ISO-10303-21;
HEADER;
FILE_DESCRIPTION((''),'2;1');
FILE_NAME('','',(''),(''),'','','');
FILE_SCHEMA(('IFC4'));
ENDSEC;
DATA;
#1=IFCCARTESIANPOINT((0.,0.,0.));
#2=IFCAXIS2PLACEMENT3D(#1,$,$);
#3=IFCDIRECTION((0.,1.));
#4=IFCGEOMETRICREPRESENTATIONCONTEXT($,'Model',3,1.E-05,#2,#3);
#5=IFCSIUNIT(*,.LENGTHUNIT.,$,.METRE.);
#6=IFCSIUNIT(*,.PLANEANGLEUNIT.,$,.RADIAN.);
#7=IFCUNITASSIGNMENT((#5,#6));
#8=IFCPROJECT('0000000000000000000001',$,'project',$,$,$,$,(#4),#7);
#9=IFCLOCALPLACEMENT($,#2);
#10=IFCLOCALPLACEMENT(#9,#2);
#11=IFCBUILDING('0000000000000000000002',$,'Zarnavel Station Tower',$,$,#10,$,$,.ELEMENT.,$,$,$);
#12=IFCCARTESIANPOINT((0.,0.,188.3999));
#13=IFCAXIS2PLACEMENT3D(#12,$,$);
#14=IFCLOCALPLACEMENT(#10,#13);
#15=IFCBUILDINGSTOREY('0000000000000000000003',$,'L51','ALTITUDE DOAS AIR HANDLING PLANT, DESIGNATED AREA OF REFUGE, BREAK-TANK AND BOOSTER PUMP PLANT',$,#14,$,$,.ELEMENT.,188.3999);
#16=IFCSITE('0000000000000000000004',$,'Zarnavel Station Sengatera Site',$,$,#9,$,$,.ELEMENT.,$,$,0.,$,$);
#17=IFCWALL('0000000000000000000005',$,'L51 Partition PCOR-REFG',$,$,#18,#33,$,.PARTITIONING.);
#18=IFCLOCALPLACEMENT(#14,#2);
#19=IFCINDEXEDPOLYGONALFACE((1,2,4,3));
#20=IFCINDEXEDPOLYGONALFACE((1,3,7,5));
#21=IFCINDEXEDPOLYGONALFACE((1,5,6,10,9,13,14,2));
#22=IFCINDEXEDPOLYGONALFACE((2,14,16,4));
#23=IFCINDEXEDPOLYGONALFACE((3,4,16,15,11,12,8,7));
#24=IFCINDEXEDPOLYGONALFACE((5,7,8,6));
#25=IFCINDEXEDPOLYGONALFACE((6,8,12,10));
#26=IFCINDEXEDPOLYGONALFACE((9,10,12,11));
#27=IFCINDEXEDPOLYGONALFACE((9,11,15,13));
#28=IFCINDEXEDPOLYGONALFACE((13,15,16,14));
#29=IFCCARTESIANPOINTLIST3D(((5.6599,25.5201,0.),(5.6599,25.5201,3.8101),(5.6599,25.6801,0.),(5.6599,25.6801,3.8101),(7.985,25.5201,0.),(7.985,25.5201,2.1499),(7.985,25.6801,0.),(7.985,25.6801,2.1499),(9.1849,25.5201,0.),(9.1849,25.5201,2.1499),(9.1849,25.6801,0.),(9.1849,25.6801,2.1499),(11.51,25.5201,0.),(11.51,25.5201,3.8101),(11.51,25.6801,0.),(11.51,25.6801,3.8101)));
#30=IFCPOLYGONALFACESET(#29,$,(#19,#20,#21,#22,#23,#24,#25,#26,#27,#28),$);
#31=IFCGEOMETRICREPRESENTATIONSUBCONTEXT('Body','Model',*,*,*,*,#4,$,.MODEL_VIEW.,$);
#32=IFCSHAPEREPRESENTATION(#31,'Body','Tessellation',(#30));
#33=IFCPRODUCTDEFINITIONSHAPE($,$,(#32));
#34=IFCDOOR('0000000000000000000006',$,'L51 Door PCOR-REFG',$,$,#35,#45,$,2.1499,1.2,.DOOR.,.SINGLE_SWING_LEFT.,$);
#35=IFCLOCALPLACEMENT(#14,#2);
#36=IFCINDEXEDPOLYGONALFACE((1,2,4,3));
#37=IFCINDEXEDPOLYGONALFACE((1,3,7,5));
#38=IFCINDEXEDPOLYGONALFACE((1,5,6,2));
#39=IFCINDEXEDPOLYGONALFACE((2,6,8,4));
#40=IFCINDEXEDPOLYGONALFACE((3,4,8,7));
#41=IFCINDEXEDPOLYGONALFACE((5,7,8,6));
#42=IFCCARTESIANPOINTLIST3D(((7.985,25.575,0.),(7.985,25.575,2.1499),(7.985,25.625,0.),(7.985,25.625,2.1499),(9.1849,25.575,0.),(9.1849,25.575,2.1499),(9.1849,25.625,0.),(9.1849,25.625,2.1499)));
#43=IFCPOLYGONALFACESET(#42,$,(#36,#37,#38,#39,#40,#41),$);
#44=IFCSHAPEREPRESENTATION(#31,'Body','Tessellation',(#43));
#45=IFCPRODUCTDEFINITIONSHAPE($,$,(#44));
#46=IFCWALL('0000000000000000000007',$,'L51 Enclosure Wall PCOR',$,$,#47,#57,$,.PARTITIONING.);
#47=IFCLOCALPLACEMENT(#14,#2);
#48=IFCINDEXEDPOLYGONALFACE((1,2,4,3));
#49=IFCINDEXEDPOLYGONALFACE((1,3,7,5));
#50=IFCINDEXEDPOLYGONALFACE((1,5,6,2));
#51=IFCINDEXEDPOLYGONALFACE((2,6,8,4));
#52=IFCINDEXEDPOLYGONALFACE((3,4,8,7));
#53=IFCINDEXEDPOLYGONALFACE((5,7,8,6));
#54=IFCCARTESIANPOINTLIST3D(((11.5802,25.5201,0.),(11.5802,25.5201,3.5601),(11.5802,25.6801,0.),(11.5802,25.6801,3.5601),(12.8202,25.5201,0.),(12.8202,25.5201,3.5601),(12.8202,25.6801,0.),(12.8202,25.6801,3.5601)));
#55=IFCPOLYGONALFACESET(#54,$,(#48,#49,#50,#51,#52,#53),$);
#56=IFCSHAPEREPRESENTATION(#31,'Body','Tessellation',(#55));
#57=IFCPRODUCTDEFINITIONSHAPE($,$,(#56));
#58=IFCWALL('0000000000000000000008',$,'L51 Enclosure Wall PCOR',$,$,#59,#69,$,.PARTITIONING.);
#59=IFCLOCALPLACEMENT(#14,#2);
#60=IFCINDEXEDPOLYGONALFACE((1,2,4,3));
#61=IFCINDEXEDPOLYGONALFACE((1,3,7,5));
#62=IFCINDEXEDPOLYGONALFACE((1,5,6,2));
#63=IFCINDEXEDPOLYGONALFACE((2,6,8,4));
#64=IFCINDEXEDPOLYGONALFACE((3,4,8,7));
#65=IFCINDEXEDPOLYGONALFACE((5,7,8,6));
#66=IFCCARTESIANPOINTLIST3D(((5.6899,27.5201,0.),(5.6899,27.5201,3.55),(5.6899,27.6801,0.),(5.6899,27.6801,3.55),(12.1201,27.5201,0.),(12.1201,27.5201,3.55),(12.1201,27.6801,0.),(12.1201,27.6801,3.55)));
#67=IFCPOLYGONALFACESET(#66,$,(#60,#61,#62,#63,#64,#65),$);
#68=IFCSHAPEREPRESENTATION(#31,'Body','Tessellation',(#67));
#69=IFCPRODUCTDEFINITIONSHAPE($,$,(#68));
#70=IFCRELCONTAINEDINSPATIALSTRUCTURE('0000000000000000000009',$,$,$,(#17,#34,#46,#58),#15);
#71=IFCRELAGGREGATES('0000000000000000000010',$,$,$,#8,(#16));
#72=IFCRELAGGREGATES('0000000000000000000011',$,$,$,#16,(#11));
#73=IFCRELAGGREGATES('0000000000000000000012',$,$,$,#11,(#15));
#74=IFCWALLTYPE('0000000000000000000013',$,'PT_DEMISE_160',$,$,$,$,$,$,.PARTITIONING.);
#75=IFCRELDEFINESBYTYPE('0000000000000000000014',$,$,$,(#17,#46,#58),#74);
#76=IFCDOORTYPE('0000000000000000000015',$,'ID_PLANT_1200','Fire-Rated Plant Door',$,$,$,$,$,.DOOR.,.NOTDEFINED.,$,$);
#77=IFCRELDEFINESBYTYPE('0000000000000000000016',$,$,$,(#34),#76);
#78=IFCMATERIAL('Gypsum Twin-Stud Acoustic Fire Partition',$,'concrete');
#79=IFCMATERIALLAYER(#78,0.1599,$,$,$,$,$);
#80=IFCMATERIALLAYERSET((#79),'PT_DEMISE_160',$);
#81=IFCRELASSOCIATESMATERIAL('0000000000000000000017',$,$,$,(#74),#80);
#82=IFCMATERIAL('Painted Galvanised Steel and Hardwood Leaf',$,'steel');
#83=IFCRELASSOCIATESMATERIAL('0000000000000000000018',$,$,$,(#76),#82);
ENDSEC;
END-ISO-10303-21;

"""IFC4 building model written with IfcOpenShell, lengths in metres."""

from ifc_helpers import new_model, si_unit, direction, frame, frame_2d, origin, place, context, subcontext, project, spatial, rectangle, extrude, material, layer, layer_set, type_object, element, fill, save


model = new_model("IFC4")

# Units and contexts
model_context = context("Model", 3, precision=1e-05, world=origin(), true_north=direction((0.0, 1.0)))
body_context = subcontext(model_context, "Body", "Model", "MODEL_VIEW")
ifc_project = project(units=[si_unit("LENGTHUNIT", "METRE"), si_unit("PLANEANGLEUNIT", "RADIAN")], contexts=[model_context])

# Site, building, storey
site_placement = place(None, origin())
site = spatial("IfcSite", under=ifc_project, at=site_placement, Name="Zarnavel Station Sengatera Site", CompositionType="ELEMENT", RefElevation=0.0)
building_placement = place(site_placement, origin())
building = spatial("IfcBuilding", under=site, at=building_placement, Name="Zarnavel Station Tower", CompositionType="ELEMENT")
storey_placement = place(building_placement, frame((0.0, 0.0, 188.3999)))
storey = spatial("IfcBuildingStorey", under=building, at=storey_placement, Name="L51", Description="ALTITUDE DOAS AIR HANDLING PLANT, DESIGNATED AREA OF REFUGE, BREAK-TANK AND BOOSTER PUMP PLANT", CompositionType="ELEMENT", Elevation=188.3999)

# Wall, opening, door
ifc_material_1 = material(Name="Gypsum Twin-Stud Acoustic Fire Partition", Category="concrete")
ifc_layer_1 = layer(ifc_material_1, 0.1599)
ifc_layer_set_1 = layer_set([ifc_layer_1], Name="PT_DEMISE_160")
wall_type = type_object("IfcWallType", Name="PT_DEMISE_160", PredefinedType="PARTITIONING", material=ifc_layer_set_1)
wall_1_placement = place(storey_placement, frame((5.6599, 25.6001, 0.0), z_axis=(0.0, 0.0, 1.0), x_axis=(1.0, 0.0, 0.0)))
wall_1 = element("IfcWall", 1, at=wall_1_placement, inside=storey, type_object=wall_type, Name="L51 Partition PCOR-REFG", PredefinedType="PARTITIONING", context=body_context, shape_type="SweptSolid", body=[
    extrude(rectangle(XDim=5.8501, YDim=0.1599, at=frame_2d((2.925, 0.0))), origin(), (0.0, 0.0, 1.0), 3.8101),
])
opening_placement = place(wall_1_placement, frame((2.325, 0.0, 0.0)))
opening = element("IfcOpeningElement", 2, at=opening_placement, cuts=wall_1, PredefinedType="OPENING", context=body_context, shape_type="SweptSolid", body=[
    extrude(rectangle(XDim=1.2, YDim=2.1499, at=frame_2d((0.6001, 1.075))), frame((0.0, 0.0898, 0.0), z_axis=(0.0, -1.0, 0.0), x_axis=(1.0, 0.0, 0.0)), (0.0, 0.0, 1.0), 0.1799),
])
ifc_material_2 = material(Name="Painted Galvanised Steel and Hardwood Leaf", Category="steel")
door_type = type_object("IfcDoorType", Name="ID_PLANT_1200", Description="Fire-Rated Plant Door", OperationType="NOTDEFINED", PredefinedType="DOOR", material=ifc_material_2)
door_placement = place(opening_placement, origin())
door = element("IfcDoor", 3, at=door_placement, inside=storey, type_object=door_type, Name="L51 Door PCOR-REFG", OperationType="SINGLE_SWING_LEFT", OverallHeight=2.1499, OverallWidth=1.2, PredefinedType="DOOR", context=body_context, shape_type="SweptSolid", body=[
    extrude(rectangle(XDim=1.2, YDim=2.1499, at=frame_2d((0.6001, 1.075))), frame((0.0, 0.0249, 0.0), z_axis=(0.0, -1.0, 0.0), x_axis=(1.0, 0.0, 0.0)), (0.0, 0.0, 1.0), 0.05),
])
fill(opening, door)

# Walls
wall_2_placement = place(storey_placement, frame((11.5801, 25.6001, 0.0), z_axis=(0.0, 0.0, 1.0), x_axis=(1.0, 0.0, 0.0)))
element("IfcWall", 4, at=wall_2_placement, inside=storey, type_object=wall_type, Name="L51 Enclosure Wall PCOR", PredefinedType="PARTITIONING", context=body_context, shape_type="SweptSolid", body=[
    extrude(rectangle(XDim=1.24, YDim=0.1599, at=frame_2d((0.6201, 0.0))), origin(), (0.0, 0.0, 1.0), 3.5601),
])
wall_3_placement = place(storey_placement, frame((5.6899, 27.6001, 0.0), z_axis=(0.0, 0.0, 1.0), x_axis=(1.0, 0.0, 0.0)))
element("IfcWall", 5, at=wall_3_placement, inside=storey, type_object=wall_type, Name="L51 Enclosure Wall PCOR", PredefinedType="PARTITIONING", context=body_context, shape_type="SweptSolid", body=[
    extrude(rectangle(XDim=6.4302, YDim=0.1599, at=frame_2d((3.2151, 0.0))), origin(), (0.0, 0.0, 1.0), 3.55),
])

save(model, "model.ifc")
